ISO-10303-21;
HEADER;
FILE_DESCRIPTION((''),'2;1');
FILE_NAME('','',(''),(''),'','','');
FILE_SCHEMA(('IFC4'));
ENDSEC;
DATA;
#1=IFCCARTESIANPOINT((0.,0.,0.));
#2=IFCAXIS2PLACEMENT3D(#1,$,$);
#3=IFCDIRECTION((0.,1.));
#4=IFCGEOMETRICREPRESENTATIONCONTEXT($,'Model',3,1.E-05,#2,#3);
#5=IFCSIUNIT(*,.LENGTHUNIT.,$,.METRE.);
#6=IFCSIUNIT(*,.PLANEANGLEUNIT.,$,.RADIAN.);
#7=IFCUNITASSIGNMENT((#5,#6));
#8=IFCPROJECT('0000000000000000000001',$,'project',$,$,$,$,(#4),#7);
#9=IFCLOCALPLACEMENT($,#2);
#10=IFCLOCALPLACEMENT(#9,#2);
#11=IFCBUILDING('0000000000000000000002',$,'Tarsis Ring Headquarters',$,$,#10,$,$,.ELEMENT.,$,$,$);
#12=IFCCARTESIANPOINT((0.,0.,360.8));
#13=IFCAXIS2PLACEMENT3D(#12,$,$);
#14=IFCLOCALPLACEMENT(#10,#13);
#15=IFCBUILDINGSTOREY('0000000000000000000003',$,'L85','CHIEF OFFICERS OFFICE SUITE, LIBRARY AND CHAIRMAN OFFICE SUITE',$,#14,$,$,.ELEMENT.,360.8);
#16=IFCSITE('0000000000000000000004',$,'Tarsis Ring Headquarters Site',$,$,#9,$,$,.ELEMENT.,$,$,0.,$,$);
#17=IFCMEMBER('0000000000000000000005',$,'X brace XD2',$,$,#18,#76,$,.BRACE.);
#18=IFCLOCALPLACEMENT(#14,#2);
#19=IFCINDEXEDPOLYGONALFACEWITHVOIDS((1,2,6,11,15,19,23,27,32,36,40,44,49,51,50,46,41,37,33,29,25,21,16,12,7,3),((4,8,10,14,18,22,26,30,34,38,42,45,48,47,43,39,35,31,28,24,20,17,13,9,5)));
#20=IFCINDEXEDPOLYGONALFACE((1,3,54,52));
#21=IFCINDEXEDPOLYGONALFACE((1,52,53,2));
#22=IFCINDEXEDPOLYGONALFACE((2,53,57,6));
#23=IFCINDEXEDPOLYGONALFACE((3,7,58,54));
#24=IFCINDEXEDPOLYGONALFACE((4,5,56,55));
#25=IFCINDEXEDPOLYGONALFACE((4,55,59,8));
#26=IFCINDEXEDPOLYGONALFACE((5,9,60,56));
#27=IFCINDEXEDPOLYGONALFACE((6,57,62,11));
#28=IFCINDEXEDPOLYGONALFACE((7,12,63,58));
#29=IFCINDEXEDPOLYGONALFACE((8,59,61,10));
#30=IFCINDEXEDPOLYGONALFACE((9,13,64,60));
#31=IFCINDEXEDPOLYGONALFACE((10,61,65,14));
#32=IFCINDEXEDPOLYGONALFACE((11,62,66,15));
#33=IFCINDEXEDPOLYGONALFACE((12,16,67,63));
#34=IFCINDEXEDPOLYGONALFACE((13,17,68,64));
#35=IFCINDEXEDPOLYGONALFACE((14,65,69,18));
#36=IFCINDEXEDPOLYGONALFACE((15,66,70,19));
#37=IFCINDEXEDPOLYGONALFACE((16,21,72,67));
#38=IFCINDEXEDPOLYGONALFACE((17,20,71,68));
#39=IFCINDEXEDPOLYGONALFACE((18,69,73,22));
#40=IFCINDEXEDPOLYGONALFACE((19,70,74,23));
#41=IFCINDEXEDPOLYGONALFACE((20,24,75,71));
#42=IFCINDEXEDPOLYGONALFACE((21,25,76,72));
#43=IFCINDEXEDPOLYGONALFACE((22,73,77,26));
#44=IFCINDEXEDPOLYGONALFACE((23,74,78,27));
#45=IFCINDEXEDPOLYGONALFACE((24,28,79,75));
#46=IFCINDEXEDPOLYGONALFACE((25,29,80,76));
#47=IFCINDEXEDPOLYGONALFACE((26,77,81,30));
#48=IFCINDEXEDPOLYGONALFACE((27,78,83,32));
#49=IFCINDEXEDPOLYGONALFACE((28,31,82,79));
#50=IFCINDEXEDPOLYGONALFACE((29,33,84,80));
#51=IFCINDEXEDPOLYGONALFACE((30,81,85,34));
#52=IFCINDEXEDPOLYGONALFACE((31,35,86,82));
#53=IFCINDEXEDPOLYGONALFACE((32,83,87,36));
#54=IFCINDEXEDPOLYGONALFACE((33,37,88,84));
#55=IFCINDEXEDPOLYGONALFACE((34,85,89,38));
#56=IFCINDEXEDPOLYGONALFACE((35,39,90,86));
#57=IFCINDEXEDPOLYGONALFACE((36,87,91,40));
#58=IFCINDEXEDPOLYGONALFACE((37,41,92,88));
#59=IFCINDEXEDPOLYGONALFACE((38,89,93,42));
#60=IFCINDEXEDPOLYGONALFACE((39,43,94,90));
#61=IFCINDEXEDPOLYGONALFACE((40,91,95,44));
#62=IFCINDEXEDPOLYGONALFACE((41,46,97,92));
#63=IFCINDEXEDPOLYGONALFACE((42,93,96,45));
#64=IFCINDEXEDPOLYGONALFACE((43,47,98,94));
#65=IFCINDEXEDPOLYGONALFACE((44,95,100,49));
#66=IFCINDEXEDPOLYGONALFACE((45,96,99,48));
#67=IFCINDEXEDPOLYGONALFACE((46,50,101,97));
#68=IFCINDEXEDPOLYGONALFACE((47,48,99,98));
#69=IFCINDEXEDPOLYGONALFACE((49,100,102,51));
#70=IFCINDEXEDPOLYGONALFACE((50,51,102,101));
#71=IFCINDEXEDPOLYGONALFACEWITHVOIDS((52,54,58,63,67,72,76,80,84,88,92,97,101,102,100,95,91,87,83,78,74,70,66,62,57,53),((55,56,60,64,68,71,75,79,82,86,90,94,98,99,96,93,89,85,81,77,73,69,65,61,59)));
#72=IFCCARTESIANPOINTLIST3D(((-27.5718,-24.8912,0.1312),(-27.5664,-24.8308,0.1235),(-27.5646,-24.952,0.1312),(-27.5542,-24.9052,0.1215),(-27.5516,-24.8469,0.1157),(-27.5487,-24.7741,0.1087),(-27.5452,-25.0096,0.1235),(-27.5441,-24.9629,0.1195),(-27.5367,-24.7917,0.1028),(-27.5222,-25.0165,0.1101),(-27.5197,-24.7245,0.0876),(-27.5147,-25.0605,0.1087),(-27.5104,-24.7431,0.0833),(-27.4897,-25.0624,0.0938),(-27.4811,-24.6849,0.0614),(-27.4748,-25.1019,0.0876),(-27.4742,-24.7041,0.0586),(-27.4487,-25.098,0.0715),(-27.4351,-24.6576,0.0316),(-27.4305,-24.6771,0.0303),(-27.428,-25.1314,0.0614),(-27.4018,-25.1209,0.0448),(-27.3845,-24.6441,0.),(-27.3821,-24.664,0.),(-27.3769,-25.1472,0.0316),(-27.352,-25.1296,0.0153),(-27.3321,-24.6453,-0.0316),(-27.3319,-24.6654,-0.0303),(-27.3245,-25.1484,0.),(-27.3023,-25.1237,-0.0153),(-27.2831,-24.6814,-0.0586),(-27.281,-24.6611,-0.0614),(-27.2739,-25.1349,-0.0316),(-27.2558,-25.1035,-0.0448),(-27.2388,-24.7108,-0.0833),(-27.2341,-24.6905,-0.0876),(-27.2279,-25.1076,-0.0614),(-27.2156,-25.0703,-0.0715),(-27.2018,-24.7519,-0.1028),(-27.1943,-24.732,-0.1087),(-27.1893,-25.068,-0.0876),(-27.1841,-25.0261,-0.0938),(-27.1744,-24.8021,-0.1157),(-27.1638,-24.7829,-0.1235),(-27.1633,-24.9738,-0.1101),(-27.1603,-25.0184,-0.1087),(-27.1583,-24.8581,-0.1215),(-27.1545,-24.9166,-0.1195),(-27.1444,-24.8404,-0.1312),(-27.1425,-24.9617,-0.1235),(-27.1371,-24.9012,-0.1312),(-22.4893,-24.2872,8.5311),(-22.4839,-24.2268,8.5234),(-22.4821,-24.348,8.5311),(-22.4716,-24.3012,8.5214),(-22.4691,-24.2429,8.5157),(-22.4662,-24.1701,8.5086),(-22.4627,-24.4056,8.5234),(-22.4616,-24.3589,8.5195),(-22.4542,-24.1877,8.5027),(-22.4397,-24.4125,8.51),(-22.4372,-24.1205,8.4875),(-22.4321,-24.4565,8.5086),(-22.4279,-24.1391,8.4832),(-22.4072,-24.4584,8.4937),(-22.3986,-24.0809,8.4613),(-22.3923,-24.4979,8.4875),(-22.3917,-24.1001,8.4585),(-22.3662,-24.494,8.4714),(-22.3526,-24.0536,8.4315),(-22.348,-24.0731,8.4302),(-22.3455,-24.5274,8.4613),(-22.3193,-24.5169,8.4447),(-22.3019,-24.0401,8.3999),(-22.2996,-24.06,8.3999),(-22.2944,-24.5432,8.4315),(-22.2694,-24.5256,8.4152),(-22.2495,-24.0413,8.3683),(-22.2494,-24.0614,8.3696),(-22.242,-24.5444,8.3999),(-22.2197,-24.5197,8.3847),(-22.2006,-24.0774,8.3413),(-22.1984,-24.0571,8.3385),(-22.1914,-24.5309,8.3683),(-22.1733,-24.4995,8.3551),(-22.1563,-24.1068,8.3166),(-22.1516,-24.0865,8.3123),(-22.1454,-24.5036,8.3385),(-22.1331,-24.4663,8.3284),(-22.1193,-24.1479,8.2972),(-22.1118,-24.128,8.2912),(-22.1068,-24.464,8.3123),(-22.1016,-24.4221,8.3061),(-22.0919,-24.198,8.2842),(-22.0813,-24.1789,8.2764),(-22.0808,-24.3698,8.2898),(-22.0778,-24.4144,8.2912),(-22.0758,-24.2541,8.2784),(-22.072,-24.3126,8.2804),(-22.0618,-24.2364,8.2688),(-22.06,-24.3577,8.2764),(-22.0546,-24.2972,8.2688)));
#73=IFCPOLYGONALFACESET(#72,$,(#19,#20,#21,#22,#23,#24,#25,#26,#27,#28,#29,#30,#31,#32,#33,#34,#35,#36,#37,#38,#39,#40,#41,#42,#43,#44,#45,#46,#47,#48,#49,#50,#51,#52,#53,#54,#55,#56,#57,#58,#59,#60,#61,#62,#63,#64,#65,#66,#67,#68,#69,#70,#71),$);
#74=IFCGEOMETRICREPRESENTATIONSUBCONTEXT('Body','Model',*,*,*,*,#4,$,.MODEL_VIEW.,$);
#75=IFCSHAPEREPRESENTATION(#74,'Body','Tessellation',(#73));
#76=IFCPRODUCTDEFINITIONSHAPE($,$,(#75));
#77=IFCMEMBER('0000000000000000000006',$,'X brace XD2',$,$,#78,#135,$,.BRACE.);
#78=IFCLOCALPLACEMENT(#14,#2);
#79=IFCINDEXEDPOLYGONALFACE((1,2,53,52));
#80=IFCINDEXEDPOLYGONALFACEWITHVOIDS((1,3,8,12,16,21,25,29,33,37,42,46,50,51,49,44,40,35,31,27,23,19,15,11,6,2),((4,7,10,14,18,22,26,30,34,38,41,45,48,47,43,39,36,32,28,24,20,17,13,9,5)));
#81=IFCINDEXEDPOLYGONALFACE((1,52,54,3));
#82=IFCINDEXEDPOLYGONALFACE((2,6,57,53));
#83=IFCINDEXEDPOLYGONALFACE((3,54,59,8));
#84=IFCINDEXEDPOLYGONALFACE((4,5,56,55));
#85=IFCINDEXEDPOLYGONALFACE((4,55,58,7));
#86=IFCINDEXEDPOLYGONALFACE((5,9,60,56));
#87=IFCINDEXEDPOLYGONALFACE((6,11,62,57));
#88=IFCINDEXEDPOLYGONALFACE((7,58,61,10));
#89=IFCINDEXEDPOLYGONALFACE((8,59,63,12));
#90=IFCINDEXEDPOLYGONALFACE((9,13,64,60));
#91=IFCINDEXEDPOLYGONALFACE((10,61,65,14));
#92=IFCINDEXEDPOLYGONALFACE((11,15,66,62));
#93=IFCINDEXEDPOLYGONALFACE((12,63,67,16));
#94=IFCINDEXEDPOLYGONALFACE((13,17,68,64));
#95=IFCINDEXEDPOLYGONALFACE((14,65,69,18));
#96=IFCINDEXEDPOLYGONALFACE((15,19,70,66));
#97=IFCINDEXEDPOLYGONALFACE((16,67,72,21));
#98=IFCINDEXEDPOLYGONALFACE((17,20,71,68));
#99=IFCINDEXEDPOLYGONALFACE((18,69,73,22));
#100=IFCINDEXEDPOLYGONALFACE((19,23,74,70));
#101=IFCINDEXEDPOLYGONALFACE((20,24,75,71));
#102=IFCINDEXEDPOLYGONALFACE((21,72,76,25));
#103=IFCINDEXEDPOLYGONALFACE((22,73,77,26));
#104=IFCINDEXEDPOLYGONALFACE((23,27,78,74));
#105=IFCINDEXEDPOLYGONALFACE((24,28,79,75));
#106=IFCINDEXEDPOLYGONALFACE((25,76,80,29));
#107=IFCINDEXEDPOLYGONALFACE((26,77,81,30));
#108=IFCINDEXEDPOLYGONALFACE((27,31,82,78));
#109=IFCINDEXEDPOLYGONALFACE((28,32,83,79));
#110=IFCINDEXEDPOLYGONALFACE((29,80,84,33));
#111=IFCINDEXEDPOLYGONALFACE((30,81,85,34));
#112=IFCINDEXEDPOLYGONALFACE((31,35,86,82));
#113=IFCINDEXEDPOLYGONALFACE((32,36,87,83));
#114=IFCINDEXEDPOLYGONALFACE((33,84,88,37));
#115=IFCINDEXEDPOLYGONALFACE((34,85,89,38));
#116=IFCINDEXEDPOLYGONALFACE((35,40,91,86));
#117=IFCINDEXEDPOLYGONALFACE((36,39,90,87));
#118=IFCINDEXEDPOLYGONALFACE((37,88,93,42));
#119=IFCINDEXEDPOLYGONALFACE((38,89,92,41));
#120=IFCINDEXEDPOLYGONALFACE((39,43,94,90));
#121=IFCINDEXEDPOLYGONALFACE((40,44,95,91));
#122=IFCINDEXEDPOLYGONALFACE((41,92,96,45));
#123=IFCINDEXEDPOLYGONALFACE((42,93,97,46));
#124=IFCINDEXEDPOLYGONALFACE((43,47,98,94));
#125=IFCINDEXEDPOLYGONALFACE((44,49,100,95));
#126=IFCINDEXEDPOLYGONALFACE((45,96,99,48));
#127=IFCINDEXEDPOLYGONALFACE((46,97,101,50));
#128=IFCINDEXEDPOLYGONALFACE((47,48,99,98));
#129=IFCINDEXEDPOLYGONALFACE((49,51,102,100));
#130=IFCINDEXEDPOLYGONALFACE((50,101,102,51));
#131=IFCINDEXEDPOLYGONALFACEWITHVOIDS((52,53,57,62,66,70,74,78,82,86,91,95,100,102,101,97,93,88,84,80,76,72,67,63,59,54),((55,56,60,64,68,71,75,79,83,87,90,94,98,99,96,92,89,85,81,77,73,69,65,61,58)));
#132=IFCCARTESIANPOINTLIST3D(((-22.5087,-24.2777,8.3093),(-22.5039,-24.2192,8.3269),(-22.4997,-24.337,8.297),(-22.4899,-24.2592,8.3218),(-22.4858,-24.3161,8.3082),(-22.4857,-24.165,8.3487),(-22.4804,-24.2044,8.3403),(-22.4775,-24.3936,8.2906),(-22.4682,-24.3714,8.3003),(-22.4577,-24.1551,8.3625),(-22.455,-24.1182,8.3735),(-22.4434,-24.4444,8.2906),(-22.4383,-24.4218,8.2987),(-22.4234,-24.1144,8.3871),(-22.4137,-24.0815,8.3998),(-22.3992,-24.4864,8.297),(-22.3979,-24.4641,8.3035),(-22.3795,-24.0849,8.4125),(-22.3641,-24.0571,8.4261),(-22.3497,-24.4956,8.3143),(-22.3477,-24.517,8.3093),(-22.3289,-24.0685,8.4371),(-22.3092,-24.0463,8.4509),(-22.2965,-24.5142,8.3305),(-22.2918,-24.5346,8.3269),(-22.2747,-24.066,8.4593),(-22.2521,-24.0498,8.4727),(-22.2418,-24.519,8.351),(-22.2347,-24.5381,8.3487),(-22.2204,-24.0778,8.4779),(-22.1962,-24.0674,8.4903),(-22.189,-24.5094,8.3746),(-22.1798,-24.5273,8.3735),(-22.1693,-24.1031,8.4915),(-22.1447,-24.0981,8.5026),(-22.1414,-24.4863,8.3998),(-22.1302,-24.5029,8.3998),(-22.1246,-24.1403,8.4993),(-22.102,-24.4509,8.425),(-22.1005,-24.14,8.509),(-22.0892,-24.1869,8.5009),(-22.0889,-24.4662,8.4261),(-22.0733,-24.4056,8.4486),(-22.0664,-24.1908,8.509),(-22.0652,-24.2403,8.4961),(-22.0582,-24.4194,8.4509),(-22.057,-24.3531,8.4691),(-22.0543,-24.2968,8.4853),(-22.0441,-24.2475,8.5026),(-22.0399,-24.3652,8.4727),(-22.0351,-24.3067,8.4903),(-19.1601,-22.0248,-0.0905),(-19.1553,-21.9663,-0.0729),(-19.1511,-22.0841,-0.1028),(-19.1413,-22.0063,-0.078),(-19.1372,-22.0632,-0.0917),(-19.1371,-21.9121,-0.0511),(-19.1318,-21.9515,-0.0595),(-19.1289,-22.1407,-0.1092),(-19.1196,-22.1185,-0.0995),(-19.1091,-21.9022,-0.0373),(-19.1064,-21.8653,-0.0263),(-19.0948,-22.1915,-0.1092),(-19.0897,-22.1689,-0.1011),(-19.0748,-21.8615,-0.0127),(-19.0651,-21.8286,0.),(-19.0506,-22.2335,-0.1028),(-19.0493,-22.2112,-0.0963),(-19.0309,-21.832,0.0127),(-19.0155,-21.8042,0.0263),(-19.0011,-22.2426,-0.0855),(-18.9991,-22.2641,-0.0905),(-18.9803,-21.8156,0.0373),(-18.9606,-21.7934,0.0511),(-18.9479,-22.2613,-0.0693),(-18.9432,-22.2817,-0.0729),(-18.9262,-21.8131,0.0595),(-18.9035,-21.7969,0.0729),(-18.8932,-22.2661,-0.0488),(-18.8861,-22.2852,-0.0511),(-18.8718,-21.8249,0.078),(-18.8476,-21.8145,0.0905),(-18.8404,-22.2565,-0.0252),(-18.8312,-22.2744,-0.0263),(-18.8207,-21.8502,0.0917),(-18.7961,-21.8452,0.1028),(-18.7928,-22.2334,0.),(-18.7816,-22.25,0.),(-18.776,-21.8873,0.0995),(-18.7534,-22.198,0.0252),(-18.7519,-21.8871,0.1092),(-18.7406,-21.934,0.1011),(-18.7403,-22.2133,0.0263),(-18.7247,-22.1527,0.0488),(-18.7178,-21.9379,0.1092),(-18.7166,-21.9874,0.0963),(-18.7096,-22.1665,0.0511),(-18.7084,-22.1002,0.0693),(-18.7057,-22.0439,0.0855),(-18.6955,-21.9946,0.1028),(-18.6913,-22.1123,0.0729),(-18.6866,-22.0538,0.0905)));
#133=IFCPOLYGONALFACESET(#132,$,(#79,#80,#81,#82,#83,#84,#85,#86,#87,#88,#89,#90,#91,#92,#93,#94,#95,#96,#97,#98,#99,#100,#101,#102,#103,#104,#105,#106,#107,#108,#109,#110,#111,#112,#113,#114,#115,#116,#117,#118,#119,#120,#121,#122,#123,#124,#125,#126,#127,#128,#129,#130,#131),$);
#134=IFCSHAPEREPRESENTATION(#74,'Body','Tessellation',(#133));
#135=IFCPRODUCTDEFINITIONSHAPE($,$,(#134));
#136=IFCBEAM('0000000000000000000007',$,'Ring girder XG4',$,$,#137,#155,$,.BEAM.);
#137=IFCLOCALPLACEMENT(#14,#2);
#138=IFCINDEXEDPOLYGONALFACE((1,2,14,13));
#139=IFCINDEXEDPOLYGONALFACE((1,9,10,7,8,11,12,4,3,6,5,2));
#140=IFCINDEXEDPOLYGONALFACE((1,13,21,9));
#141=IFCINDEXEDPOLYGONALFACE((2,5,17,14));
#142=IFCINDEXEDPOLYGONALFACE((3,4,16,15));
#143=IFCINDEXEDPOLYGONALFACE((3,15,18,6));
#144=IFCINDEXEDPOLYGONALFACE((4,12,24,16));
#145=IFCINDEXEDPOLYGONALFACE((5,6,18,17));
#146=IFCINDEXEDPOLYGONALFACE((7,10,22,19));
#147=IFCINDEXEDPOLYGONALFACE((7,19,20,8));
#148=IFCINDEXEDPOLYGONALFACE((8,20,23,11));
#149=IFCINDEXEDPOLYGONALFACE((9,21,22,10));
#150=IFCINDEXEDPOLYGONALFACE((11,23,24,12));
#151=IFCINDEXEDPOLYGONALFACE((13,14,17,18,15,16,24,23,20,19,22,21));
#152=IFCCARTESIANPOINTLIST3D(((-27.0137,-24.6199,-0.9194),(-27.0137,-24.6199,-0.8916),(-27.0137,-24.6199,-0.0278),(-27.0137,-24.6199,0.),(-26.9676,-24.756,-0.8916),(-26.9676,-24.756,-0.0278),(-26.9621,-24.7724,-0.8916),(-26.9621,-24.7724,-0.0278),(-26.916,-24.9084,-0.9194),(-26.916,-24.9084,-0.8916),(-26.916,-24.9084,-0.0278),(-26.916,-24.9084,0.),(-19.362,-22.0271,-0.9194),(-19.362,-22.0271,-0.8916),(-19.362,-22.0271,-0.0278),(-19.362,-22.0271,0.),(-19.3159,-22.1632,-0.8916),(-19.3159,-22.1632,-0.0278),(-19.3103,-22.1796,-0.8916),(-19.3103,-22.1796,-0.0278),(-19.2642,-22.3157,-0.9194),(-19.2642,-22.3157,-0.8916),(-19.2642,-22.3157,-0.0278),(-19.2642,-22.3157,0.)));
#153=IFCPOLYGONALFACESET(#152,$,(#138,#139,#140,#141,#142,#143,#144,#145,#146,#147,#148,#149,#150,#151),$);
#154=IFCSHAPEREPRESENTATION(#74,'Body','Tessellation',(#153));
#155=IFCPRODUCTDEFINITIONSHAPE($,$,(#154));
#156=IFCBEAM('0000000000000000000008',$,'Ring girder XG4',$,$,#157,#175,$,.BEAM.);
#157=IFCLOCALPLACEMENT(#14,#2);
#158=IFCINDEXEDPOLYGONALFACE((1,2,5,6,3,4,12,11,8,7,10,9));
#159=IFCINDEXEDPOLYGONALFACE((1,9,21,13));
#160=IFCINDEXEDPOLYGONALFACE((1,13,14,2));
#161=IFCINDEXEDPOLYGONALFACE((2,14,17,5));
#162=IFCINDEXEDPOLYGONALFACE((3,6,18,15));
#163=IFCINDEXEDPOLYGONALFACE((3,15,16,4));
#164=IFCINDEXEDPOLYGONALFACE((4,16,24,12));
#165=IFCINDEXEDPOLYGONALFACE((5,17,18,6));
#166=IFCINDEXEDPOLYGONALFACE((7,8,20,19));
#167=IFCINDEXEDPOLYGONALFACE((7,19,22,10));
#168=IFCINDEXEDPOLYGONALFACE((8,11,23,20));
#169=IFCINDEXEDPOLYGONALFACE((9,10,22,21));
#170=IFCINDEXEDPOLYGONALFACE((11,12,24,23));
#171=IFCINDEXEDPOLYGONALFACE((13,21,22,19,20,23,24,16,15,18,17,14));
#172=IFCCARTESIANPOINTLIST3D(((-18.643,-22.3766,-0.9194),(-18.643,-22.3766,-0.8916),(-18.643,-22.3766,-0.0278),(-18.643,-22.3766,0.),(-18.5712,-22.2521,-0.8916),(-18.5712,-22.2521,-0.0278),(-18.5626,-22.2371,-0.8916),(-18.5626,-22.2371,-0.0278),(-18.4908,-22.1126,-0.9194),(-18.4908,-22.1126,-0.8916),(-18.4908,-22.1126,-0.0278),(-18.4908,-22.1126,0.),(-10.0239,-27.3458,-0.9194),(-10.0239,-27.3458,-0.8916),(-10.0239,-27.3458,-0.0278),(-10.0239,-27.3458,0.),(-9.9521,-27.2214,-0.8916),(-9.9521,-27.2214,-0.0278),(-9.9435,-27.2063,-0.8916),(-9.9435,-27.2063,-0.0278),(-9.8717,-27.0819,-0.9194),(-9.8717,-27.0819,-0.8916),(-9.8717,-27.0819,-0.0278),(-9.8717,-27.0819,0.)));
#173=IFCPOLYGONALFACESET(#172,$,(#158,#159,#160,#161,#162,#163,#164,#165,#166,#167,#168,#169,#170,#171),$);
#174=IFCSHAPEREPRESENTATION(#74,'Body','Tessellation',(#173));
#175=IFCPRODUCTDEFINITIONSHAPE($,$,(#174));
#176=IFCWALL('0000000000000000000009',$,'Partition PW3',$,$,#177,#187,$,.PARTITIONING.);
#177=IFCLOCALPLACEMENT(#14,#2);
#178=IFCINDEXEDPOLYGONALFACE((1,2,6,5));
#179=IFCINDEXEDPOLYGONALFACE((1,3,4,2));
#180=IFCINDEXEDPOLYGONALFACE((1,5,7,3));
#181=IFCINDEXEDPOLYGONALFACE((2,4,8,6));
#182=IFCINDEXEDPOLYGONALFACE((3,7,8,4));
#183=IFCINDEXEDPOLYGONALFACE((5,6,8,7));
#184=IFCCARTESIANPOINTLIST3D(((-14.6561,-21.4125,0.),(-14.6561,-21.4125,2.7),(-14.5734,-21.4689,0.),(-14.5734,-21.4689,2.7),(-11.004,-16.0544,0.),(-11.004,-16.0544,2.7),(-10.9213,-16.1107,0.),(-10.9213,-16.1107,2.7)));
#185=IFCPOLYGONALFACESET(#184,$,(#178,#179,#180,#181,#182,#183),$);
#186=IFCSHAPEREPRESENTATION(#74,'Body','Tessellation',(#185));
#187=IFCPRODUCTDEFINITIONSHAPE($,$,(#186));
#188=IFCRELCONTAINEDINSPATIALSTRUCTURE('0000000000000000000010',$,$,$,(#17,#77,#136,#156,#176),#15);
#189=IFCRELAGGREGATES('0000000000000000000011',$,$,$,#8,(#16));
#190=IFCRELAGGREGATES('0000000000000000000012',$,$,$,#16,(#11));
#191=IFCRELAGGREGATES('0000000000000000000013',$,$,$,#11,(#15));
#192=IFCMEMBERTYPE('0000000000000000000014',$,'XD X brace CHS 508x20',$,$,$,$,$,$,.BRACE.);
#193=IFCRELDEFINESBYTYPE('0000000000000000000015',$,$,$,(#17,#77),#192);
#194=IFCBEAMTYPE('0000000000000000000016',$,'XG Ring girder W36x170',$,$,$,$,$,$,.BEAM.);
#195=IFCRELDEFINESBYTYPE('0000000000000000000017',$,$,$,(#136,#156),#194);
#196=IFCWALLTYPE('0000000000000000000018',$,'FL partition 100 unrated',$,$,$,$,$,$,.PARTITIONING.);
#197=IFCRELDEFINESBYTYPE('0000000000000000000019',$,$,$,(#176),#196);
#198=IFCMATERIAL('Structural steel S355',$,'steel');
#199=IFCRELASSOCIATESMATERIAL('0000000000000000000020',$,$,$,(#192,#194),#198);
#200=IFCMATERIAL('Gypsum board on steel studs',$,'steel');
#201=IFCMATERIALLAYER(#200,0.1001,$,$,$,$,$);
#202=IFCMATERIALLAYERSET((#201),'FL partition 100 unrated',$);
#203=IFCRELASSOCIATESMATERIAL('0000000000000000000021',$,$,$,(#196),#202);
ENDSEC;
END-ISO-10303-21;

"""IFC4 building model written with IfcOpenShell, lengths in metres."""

from ifc_helpers import new_model, si_unit, direction, frame, frame_2d, origin, origin_2d, place, context, subcontext, project, spatial, rectangle, hollow_circle, i_section, extrude, material, layer, layer_set, material_profile, profile_set, type_object, element, save


model = new_model("IFC4")

# Units and contexts
model_context = context("Model", 3, precision=1e-05, world=origin(), true_north=direction((0.0, 1.0)))
body_context = subcontext(model_context, "Body", "Model", "MODEL_VIEW")
ifc_project = project(units=[si_unit("LENGTHUNIT", "METRE"), si_unit("PLANEANGLEUNIT", "RADIAN")], contexts=[model_context])

# Site, building, storey
site_placement = place(None, origin())
site = spatial("IfcSite", under=ifc_project, at=site_placement, Name="Tarsis Ring Headquarters Site", CompositionType="ELEMENT", RefElevation=0.0)
building_placement = place(site_placement, origin())
building = spatial("IfcBuilding", under=site, at=building_placement, Name="Tarsis Ring Headquarters", CompositionType="ELEMENT")
storey_placement = place(building_placement, frame((0.0, 0.0, 360.8)))
storey = spatial("IfcBuildingStorey", under=building, at=storey_placement, Name="L85", Description="CHIEF OFFICERS OFFICE SUITE, LIBRARY AND CHAIRMAN OFFICE SUITE", CompositionType="ELEMENT", Elevation=360.8)

# Shared definitions
ifc_material_1 = material(Name="Structural steel S355", Category="steel")

# Members
ifc_material_profile_1 = material_profile(ifc_material_1, hollow_circle(Radius=0.2539, WallThickness=0.02, at=origin_2d()), Name="CHS 508x20")
ifc_profile_set_1 = profile_set([ifc_material_profile_1], Name="Structural steel S355")
member_type = type_object("IfcMemberType", Name="XD X brace CHS 508x20", PredefinedType="BRACE", material=ifc_profile_set_1)
member_1_placement = place(storey_placement, frame((-27.3545, -24.8962, 0.0), z_axis=(0.516704, 0.061405, 0.853959), x_axis=(-0.118009, 0.993013, 0.0)))
element("IfcMember", 1, at=member_1_placement, inside=storey, type_object=member_type, Name="X brace XD2", PredefinedType="BRACE", context=body_context, shape_type="SweptSolid", body=[
    extrude(hollow_circle(Radius=0.2539, WallThickness=0.02, at=origin_2d()), origin(), (0.0, 0.0, 1.0), 9.8364),
])
member_2_placement = place(storey_placement, frame((-18.9233, -22.0393, 0.0), z_axis=(-0.359326, -0.241752, 0.901355), x_axis=(0.558213, -0.829698, 0.0)))
element("IfcMember", 2, at=member_2_placement, inside=storey, type_object=member_type, Name="X brace XD2", PredefinedType="BRACE", context=body_context, shape_type="SweptSolid", body=[
    extrude(hollow_circle(Radius=0.2539, WallThickness=0.02, at=origin_2d()), origin(), (0.0, 0.0, 1.0), 9.3191),
])

# Beams
ifc_material_profile_2 = material_profile(ifc_material_1, i_section(OverallWidth=0.3047, OverallDepth=0.9194, WebThickness=0.0173, FlangeThickness=0.0278, at=origin_2d()), Name="W36x170")
ifc_profile_set_2 = profile_set([ifc_material_profile_2], Name="Structural steel S355")
beam_type = type_object("IfcBeamType", Name="XG Ring girder W36x170", PredefinedType="BEAM", material=ifc_profile_set_2)
beam_1_placement = place(storey_placement, frame((-26.9648, -24.7642, -0.4597), z_axis=(0.947106, 0.32092, 0.0), x_axis=(-0.32092, 0.947106, 0.0)))
element("IfcBeam", 3, at=beam_1_placement, inside=storey, type_object=beam_type, Name="Ring girder XG4", PredefinedType="BEAM", context=body_context, shape_type="SweptSolid", body=[
    extrude(i_section(OverallWidth=0.3047, OverallDepth=0.9194, WebThickness=0.0173, FlangeThickness=0.0278, at=origin_2d()), origin(), (0.0, 0.0, 1.0), 8.0791),
])
beam_2_placement = place(storey_placement, frame((-18.5669, -22.2446, -0.4597), z_axis=(0.866331, -0.49947, 0.0), x_axis=(0.49947, 0.866331, 0.0)))
element("IfcBeam", 4, at=beam_2_placement, inside=storey, type_object=beam_type, Name="Ring girder XG4", PredefinedType="BEAM", context=body_context, shape_type="SweptSolid", body=[
    extrude(i_section(OverallWidth=0.3047, OverallDepth=0.9194, WebThickness=0.0173, FlangeThickness=0.0278, at=origin_2d()), origin(), (0.0, 0.0, 1.0), 9.949),
])

# Wall
ifc_material_2 = material(Name="Gypsum board on steel studs", Category="steel")
ifc_layer_1 = layer(ifc_material_2, 0.1001)
ifc_layer_set_1 = layer_set([ifc_layer_1], Name="FL partition 100 unrated")
wall_type_1 = type_object("IfcWallType", Name="FL partition 100 unrated", PredefinedType="PARTITIONING", material=ifc_layer_set_1)
wall_1_placement = place(storey_placement, frame((-14.6147, -21.4407, 0.0), z_axis=(0.0, 0.0, 1.0), x_axis=(0.563212, 0.826313, 0.0)))
element("IfcWall", 5, at=wall_1_placement, inside=storey, type_object=wall_type_1, Name="Partition PW3", PredefinedType="PARTITIONING", context=body_context, shape_type="SweptSolid", body=[
    extrude(rectangle(XDim=6.4844, YDim=0.1001, at=frame_2d((3.2422, 0.0))), origin(), (0.0, 0.0, 1.0), 2.7),
])

save(model, "model.ifc")
